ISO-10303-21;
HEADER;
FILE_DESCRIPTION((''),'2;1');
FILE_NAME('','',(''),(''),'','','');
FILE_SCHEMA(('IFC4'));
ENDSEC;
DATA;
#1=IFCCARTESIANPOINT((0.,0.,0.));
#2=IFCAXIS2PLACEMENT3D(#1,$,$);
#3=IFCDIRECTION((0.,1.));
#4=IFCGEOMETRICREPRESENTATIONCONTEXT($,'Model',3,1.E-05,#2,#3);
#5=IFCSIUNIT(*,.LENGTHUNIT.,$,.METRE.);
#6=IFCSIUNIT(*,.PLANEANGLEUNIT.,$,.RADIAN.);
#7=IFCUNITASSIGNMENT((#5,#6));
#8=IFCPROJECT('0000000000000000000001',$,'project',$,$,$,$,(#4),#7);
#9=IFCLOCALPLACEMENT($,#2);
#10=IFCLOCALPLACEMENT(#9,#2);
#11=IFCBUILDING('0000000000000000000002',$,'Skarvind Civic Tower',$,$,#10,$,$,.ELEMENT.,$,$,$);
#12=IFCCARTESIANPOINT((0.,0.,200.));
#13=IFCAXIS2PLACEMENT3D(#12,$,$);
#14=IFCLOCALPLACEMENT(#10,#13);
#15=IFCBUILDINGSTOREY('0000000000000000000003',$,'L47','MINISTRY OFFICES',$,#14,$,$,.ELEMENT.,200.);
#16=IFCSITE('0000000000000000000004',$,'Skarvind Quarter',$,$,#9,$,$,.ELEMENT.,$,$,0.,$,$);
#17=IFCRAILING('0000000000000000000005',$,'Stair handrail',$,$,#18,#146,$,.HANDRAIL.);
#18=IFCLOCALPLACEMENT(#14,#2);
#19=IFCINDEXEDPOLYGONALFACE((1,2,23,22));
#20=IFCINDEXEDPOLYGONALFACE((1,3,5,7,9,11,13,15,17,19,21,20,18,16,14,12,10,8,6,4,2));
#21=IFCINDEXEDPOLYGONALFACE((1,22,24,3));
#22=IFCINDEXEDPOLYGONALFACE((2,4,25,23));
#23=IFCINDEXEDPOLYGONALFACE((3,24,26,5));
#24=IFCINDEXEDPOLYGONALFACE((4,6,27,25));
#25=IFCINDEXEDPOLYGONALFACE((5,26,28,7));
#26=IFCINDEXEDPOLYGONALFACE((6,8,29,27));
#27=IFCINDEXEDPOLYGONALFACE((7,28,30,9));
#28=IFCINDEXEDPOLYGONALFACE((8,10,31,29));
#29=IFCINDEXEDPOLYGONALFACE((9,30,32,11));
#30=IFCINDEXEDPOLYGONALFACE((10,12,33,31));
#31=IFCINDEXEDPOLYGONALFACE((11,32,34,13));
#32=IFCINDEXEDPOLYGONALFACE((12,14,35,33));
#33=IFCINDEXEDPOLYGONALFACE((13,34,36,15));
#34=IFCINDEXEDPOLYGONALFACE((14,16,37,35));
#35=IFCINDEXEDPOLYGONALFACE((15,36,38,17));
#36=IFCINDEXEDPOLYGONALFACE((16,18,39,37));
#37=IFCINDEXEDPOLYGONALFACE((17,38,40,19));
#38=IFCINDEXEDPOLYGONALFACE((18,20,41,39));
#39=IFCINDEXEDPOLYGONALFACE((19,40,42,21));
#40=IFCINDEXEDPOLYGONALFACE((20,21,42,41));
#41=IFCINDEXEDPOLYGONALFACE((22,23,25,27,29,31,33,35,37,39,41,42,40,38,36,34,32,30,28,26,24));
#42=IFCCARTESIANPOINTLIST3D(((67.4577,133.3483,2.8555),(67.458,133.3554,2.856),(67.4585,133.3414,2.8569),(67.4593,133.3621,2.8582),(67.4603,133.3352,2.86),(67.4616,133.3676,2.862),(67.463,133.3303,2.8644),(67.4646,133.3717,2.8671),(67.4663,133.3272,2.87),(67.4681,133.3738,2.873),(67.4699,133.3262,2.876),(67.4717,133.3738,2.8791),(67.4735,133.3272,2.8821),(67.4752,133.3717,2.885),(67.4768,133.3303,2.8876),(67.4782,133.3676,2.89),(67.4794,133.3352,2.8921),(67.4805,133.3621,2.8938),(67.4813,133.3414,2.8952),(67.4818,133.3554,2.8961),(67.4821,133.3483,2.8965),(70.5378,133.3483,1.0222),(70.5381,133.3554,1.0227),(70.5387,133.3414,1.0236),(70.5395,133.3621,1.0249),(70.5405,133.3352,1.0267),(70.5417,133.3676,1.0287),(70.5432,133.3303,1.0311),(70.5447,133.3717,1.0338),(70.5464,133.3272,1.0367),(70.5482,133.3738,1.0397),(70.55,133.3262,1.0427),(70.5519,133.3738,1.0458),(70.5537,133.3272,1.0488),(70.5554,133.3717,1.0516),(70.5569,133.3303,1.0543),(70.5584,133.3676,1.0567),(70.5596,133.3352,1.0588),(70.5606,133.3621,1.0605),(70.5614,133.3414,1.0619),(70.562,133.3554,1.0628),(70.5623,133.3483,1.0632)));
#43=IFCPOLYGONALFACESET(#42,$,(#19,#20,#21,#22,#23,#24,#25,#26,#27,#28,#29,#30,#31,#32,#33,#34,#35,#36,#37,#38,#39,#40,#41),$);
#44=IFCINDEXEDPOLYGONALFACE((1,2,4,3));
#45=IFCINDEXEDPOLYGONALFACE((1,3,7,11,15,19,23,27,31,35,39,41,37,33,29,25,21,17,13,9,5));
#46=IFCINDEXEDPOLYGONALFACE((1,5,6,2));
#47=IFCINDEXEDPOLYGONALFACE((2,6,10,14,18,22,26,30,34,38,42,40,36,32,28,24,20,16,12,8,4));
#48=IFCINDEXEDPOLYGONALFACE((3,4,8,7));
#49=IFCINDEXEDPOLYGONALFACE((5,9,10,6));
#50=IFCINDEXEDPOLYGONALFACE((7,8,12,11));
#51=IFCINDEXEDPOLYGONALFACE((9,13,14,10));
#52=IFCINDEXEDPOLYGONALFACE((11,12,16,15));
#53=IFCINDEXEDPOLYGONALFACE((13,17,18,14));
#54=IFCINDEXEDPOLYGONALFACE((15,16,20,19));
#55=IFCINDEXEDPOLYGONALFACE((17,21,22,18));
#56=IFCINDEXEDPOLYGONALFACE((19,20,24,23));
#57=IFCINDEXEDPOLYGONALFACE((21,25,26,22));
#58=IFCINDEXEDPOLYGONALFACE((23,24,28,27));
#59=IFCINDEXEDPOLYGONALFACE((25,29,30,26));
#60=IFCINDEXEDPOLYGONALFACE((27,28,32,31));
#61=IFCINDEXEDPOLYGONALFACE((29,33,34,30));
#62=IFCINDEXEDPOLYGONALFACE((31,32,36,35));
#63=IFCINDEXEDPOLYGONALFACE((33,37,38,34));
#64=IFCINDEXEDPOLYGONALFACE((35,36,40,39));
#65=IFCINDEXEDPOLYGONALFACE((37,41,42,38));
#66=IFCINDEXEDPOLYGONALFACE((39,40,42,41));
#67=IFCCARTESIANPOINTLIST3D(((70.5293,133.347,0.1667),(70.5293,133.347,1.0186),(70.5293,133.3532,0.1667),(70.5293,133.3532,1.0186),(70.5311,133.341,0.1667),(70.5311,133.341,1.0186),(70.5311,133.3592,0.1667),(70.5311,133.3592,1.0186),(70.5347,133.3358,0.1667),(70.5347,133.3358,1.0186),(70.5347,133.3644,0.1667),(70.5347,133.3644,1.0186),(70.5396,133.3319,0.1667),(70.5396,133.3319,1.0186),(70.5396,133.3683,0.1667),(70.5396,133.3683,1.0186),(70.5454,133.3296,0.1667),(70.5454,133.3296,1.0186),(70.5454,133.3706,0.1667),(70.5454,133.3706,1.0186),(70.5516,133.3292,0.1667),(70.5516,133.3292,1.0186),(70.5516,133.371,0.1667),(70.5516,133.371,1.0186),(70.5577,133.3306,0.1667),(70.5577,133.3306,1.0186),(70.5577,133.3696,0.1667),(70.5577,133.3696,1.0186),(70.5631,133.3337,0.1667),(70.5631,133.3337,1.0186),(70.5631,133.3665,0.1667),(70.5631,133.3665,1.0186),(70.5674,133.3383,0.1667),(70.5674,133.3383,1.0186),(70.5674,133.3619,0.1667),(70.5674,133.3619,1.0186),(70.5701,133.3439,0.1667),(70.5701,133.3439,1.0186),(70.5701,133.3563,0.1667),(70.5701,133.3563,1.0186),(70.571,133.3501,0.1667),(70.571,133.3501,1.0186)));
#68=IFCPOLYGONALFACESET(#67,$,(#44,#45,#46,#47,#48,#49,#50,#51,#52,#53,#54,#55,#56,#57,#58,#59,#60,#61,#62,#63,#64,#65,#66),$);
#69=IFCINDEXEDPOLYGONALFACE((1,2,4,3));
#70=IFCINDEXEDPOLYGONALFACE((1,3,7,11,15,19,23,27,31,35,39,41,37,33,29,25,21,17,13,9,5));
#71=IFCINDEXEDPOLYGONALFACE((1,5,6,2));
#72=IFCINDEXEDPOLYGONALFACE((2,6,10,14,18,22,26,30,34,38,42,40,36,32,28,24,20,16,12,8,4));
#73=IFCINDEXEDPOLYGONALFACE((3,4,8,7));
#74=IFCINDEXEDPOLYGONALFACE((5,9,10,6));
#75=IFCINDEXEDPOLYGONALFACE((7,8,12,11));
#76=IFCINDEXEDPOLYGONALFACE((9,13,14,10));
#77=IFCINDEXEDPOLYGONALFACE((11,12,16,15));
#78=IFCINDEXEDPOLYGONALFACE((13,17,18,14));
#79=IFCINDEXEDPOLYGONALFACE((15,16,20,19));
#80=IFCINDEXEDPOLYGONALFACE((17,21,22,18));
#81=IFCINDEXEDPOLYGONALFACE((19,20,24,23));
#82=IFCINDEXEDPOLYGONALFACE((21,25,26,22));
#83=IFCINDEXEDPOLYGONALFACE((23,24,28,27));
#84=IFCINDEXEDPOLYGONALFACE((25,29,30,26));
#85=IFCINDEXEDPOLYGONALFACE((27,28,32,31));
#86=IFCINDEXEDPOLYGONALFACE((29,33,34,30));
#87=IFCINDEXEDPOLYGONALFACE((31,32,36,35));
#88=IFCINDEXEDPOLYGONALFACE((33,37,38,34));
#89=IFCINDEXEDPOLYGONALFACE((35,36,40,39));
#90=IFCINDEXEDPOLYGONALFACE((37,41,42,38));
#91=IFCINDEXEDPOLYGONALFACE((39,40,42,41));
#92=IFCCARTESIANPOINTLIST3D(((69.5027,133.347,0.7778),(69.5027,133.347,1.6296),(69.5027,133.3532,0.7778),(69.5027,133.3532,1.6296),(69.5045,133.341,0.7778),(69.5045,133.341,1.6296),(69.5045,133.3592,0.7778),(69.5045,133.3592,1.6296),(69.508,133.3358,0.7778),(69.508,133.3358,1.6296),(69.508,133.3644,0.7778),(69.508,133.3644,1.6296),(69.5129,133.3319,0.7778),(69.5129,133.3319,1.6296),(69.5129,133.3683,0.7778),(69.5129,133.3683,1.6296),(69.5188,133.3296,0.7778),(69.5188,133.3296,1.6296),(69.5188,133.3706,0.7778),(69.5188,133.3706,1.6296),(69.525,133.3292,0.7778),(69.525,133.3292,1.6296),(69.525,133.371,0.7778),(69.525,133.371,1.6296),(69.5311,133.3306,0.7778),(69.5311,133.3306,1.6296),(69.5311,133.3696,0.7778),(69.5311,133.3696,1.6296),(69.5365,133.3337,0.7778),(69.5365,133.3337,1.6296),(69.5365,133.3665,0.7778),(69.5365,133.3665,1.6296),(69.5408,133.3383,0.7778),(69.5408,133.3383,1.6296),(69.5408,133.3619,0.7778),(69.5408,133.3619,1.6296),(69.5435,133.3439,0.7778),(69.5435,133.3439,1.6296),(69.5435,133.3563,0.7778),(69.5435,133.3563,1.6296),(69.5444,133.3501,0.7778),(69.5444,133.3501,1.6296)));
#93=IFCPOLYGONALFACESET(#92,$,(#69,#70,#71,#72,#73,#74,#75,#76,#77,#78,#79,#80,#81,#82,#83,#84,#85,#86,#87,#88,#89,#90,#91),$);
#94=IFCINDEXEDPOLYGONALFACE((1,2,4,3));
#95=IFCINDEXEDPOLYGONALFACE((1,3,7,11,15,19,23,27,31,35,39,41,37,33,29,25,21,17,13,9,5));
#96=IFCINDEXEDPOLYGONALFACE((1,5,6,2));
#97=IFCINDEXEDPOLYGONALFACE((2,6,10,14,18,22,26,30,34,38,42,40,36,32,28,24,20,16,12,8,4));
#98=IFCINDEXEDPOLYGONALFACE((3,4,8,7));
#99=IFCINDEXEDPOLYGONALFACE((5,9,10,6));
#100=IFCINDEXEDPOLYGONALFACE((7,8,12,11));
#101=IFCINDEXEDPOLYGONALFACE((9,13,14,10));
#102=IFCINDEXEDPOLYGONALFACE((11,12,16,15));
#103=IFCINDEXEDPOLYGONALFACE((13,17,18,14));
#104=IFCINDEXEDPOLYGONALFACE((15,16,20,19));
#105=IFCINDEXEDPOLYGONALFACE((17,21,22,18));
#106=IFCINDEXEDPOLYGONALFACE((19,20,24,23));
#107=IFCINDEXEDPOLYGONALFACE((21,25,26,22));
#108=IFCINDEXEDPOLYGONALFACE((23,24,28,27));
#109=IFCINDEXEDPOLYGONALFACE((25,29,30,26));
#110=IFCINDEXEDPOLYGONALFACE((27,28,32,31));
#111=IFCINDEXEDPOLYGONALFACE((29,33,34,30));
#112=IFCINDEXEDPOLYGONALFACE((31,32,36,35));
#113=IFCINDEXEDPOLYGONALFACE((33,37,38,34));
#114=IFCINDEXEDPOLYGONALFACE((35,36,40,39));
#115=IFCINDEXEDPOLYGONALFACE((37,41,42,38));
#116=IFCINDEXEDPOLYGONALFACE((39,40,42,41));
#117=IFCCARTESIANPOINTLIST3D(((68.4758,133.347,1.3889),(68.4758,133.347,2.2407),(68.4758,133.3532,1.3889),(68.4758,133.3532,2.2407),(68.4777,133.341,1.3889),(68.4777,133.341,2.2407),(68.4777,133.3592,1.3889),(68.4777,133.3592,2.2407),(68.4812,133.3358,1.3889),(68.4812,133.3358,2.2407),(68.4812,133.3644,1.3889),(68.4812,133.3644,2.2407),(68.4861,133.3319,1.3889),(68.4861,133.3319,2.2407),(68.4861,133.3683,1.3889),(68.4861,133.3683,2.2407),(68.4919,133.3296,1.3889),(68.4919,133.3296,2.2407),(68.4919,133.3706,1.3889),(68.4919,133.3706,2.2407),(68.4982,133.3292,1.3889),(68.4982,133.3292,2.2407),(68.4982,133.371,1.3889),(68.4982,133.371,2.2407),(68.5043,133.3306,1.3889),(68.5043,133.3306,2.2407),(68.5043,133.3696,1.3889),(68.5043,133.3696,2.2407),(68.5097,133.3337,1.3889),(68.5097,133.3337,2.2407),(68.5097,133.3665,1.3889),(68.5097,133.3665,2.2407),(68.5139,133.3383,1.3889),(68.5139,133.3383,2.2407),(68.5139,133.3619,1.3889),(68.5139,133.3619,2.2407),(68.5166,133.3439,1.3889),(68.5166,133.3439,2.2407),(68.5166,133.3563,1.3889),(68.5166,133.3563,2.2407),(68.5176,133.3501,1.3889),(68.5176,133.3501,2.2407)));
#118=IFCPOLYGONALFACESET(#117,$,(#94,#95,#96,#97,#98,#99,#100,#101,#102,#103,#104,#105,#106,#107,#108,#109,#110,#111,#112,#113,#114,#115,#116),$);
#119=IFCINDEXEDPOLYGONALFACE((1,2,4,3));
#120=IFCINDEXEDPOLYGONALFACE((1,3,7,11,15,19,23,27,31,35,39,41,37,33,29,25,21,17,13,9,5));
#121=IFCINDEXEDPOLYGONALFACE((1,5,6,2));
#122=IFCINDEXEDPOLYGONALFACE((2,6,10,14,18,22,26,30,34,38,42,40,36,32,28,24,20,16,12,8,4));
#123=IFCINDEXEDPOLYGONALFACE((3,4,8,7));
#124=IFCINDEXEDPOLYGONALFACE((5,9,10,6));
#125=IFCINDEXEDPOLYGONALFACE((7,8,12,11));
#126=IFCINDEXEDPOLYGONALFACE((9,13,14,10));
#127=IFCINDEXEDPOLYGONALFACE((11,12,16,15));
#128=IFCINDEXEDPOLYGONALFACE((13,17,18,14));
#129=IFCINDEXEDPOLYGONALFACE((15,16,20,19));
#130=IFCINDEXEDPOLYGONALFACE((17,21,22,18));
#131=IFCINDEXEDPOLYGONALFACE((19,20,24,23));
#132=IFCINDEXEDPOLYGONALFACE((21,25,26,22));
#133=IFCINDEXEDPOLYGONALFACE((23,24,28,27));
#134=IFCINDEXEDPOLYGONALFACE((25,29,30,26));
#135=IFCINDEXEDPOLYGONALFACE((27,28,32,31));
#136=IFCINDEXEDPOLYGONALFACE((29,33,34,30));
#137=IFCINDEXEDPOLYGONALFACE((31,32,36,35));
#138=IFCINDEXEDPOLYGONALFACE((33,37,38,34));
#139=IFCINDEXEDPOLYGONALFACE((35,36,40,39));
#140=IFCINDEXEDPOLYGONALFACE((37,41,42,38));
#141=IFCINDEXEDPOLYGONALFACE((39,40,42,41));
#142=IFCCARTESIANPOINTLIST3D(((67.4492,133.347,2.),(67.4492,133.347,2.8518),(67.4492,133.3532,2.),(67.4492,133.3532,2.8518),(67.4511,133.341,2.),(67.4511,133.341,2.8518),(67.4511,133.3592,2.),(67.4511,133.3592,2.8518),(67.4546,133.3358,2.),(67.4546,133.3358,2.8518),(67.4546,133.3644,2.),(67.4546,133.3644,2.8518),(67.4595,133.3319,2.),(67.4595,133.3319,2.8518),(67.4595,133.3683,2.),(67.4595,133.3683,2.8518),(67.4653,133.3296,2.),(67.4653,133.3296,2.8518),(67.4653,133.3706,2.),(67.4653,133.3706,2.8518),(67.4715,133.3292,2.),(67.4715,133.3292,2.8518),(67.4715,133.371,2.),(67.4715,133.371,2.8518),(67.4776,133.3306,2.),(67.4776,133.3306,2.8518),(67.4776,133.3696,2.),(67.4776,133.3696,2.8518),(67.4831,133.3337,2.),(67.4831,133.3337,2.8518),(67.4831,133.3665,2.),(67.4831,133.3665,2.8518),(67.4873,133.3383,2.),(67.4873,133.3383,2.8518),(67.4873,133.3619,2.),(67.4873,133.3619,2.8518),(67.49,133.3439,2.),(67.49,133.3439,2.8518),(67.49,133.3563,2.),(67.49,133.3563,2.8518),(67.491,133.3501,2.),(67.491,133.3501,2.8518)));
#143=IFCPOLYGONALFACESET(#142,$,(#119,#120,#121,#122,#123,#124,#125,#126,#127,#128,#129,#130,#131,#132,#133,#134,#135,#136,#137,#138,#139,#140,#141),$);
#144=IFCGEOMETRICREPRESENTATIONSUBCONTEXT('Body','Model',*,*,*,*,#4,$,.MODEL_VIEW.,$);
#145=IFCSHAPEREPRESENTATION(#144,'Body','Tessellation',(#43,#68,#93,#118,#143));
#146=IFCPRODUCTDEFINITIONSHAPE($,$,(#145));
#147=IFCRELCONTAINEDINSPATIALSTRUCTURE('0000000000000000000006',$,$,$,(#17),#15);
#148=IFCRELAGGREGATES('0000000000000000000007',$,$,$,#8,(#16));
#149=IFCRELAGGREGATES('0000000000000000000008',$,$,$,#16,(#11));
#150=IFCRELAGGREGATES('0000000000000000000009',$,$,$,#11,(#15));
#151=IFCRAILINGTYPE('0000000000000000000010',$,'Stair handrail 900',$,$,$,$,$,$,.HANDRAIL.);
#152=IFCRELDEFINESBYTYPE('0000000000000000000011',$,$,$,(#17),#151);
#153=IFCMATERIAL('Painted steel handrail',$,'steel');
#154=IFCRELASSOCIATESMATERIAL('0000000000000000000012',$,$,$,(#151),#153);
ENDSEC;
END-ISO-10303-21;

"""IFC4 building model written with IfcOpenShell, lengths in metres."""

from ifc_helpers import new_model, si_unit, direction, frame, origin, origin_2d, place, context, subcontext, project, spatial, circle, extrude, material, type_object, element, save


model = new_model("IFC4")

# Units and contexts
model_context = context("Model", 3, precision=1e-05, world=origin(), true_north=direction((0.0, 1.0)))
body_context = subcontext(model_context, "Body", "Model", "MODEL_VIEW")
ifc_project = project(units=[si_unit("LENGTHUNIT", "METRE"), si_unit("PLANEANGLEUNIT", "RADIAN")], contexts=[model_context])

# Site, building, storey
site_placement = place(None, origin())
site = spatial("IfcSite", under=ifc_project, at=site_placement, Name="Skarvind Quarter", CompositionType="ELEMENT", RefElevation=0.0)
building_placement = place(site_placement, origin())
building = spatial("IfcBuilding", under=site, at=building_placement, Name="Skarvind Civic Tower", CompositionType="ELEMENT")
storey_placement = place(building_placement, frame((0.0, 0.0, 200.0)))
storey = spatial("IfcBuildingStorey", under=building, at=storey_placement, Name="L47", Description="MINISTRY OFFICES", CompositionType="ELEMENT", Elevation=200.0)

# Railing
ifc_material_1 = material(Name="Painted steel handrail", Category="steel")
railing_type = type_object("IfcRailingType", Name="Stair handrail 900", PredefinedType="HANDRAIL", material=ifc_material_1)
railing_1_placement = place(storey_placement, frame((70.55, 133.3501, 0.1667)))
element("IfcRailing", 1, at=railing_1_placement, inside=storey, type_object=railing_type, Name="Stair handrail", PredefinedType="HANDRAIL", context=body_context, shape_type="SweptSolid", body=[
    extrude(circle(Radius=0.0239, at=origin_2d()), frame((0.0, 0.0, 0.876), z_axis=(-0.859309, 0.0, 0.511458), x_axis=(0.0, -1.0, 0.0)), (0.0, 0.0, 1.0), 3.5845),
    extrude(circle(Radius=0.021, at=origin_2d()), origin(), (0.0, 0.0, 1.0), 0.8518),
    extrude(circle(Radius=0.021, at=origin_2d()), frame((-1.0266, 0.0, 0.6111)), (0.0, 0.0, 1.0), 0.8518),
    extrude(circle(Radius=0.021, at=origin_2d()), frame((-2.0535, 0.0, 1.2222)), (0.0, 0.0, 1.0), 0.8518),
    extrude(circle(Radius=0.021, at=origin_2d()), frame((-3.0801, 0.0, 1.8333)), (0.0, 0.0, 1.0), 0.8518),
])

save(model, "model.ifc")
